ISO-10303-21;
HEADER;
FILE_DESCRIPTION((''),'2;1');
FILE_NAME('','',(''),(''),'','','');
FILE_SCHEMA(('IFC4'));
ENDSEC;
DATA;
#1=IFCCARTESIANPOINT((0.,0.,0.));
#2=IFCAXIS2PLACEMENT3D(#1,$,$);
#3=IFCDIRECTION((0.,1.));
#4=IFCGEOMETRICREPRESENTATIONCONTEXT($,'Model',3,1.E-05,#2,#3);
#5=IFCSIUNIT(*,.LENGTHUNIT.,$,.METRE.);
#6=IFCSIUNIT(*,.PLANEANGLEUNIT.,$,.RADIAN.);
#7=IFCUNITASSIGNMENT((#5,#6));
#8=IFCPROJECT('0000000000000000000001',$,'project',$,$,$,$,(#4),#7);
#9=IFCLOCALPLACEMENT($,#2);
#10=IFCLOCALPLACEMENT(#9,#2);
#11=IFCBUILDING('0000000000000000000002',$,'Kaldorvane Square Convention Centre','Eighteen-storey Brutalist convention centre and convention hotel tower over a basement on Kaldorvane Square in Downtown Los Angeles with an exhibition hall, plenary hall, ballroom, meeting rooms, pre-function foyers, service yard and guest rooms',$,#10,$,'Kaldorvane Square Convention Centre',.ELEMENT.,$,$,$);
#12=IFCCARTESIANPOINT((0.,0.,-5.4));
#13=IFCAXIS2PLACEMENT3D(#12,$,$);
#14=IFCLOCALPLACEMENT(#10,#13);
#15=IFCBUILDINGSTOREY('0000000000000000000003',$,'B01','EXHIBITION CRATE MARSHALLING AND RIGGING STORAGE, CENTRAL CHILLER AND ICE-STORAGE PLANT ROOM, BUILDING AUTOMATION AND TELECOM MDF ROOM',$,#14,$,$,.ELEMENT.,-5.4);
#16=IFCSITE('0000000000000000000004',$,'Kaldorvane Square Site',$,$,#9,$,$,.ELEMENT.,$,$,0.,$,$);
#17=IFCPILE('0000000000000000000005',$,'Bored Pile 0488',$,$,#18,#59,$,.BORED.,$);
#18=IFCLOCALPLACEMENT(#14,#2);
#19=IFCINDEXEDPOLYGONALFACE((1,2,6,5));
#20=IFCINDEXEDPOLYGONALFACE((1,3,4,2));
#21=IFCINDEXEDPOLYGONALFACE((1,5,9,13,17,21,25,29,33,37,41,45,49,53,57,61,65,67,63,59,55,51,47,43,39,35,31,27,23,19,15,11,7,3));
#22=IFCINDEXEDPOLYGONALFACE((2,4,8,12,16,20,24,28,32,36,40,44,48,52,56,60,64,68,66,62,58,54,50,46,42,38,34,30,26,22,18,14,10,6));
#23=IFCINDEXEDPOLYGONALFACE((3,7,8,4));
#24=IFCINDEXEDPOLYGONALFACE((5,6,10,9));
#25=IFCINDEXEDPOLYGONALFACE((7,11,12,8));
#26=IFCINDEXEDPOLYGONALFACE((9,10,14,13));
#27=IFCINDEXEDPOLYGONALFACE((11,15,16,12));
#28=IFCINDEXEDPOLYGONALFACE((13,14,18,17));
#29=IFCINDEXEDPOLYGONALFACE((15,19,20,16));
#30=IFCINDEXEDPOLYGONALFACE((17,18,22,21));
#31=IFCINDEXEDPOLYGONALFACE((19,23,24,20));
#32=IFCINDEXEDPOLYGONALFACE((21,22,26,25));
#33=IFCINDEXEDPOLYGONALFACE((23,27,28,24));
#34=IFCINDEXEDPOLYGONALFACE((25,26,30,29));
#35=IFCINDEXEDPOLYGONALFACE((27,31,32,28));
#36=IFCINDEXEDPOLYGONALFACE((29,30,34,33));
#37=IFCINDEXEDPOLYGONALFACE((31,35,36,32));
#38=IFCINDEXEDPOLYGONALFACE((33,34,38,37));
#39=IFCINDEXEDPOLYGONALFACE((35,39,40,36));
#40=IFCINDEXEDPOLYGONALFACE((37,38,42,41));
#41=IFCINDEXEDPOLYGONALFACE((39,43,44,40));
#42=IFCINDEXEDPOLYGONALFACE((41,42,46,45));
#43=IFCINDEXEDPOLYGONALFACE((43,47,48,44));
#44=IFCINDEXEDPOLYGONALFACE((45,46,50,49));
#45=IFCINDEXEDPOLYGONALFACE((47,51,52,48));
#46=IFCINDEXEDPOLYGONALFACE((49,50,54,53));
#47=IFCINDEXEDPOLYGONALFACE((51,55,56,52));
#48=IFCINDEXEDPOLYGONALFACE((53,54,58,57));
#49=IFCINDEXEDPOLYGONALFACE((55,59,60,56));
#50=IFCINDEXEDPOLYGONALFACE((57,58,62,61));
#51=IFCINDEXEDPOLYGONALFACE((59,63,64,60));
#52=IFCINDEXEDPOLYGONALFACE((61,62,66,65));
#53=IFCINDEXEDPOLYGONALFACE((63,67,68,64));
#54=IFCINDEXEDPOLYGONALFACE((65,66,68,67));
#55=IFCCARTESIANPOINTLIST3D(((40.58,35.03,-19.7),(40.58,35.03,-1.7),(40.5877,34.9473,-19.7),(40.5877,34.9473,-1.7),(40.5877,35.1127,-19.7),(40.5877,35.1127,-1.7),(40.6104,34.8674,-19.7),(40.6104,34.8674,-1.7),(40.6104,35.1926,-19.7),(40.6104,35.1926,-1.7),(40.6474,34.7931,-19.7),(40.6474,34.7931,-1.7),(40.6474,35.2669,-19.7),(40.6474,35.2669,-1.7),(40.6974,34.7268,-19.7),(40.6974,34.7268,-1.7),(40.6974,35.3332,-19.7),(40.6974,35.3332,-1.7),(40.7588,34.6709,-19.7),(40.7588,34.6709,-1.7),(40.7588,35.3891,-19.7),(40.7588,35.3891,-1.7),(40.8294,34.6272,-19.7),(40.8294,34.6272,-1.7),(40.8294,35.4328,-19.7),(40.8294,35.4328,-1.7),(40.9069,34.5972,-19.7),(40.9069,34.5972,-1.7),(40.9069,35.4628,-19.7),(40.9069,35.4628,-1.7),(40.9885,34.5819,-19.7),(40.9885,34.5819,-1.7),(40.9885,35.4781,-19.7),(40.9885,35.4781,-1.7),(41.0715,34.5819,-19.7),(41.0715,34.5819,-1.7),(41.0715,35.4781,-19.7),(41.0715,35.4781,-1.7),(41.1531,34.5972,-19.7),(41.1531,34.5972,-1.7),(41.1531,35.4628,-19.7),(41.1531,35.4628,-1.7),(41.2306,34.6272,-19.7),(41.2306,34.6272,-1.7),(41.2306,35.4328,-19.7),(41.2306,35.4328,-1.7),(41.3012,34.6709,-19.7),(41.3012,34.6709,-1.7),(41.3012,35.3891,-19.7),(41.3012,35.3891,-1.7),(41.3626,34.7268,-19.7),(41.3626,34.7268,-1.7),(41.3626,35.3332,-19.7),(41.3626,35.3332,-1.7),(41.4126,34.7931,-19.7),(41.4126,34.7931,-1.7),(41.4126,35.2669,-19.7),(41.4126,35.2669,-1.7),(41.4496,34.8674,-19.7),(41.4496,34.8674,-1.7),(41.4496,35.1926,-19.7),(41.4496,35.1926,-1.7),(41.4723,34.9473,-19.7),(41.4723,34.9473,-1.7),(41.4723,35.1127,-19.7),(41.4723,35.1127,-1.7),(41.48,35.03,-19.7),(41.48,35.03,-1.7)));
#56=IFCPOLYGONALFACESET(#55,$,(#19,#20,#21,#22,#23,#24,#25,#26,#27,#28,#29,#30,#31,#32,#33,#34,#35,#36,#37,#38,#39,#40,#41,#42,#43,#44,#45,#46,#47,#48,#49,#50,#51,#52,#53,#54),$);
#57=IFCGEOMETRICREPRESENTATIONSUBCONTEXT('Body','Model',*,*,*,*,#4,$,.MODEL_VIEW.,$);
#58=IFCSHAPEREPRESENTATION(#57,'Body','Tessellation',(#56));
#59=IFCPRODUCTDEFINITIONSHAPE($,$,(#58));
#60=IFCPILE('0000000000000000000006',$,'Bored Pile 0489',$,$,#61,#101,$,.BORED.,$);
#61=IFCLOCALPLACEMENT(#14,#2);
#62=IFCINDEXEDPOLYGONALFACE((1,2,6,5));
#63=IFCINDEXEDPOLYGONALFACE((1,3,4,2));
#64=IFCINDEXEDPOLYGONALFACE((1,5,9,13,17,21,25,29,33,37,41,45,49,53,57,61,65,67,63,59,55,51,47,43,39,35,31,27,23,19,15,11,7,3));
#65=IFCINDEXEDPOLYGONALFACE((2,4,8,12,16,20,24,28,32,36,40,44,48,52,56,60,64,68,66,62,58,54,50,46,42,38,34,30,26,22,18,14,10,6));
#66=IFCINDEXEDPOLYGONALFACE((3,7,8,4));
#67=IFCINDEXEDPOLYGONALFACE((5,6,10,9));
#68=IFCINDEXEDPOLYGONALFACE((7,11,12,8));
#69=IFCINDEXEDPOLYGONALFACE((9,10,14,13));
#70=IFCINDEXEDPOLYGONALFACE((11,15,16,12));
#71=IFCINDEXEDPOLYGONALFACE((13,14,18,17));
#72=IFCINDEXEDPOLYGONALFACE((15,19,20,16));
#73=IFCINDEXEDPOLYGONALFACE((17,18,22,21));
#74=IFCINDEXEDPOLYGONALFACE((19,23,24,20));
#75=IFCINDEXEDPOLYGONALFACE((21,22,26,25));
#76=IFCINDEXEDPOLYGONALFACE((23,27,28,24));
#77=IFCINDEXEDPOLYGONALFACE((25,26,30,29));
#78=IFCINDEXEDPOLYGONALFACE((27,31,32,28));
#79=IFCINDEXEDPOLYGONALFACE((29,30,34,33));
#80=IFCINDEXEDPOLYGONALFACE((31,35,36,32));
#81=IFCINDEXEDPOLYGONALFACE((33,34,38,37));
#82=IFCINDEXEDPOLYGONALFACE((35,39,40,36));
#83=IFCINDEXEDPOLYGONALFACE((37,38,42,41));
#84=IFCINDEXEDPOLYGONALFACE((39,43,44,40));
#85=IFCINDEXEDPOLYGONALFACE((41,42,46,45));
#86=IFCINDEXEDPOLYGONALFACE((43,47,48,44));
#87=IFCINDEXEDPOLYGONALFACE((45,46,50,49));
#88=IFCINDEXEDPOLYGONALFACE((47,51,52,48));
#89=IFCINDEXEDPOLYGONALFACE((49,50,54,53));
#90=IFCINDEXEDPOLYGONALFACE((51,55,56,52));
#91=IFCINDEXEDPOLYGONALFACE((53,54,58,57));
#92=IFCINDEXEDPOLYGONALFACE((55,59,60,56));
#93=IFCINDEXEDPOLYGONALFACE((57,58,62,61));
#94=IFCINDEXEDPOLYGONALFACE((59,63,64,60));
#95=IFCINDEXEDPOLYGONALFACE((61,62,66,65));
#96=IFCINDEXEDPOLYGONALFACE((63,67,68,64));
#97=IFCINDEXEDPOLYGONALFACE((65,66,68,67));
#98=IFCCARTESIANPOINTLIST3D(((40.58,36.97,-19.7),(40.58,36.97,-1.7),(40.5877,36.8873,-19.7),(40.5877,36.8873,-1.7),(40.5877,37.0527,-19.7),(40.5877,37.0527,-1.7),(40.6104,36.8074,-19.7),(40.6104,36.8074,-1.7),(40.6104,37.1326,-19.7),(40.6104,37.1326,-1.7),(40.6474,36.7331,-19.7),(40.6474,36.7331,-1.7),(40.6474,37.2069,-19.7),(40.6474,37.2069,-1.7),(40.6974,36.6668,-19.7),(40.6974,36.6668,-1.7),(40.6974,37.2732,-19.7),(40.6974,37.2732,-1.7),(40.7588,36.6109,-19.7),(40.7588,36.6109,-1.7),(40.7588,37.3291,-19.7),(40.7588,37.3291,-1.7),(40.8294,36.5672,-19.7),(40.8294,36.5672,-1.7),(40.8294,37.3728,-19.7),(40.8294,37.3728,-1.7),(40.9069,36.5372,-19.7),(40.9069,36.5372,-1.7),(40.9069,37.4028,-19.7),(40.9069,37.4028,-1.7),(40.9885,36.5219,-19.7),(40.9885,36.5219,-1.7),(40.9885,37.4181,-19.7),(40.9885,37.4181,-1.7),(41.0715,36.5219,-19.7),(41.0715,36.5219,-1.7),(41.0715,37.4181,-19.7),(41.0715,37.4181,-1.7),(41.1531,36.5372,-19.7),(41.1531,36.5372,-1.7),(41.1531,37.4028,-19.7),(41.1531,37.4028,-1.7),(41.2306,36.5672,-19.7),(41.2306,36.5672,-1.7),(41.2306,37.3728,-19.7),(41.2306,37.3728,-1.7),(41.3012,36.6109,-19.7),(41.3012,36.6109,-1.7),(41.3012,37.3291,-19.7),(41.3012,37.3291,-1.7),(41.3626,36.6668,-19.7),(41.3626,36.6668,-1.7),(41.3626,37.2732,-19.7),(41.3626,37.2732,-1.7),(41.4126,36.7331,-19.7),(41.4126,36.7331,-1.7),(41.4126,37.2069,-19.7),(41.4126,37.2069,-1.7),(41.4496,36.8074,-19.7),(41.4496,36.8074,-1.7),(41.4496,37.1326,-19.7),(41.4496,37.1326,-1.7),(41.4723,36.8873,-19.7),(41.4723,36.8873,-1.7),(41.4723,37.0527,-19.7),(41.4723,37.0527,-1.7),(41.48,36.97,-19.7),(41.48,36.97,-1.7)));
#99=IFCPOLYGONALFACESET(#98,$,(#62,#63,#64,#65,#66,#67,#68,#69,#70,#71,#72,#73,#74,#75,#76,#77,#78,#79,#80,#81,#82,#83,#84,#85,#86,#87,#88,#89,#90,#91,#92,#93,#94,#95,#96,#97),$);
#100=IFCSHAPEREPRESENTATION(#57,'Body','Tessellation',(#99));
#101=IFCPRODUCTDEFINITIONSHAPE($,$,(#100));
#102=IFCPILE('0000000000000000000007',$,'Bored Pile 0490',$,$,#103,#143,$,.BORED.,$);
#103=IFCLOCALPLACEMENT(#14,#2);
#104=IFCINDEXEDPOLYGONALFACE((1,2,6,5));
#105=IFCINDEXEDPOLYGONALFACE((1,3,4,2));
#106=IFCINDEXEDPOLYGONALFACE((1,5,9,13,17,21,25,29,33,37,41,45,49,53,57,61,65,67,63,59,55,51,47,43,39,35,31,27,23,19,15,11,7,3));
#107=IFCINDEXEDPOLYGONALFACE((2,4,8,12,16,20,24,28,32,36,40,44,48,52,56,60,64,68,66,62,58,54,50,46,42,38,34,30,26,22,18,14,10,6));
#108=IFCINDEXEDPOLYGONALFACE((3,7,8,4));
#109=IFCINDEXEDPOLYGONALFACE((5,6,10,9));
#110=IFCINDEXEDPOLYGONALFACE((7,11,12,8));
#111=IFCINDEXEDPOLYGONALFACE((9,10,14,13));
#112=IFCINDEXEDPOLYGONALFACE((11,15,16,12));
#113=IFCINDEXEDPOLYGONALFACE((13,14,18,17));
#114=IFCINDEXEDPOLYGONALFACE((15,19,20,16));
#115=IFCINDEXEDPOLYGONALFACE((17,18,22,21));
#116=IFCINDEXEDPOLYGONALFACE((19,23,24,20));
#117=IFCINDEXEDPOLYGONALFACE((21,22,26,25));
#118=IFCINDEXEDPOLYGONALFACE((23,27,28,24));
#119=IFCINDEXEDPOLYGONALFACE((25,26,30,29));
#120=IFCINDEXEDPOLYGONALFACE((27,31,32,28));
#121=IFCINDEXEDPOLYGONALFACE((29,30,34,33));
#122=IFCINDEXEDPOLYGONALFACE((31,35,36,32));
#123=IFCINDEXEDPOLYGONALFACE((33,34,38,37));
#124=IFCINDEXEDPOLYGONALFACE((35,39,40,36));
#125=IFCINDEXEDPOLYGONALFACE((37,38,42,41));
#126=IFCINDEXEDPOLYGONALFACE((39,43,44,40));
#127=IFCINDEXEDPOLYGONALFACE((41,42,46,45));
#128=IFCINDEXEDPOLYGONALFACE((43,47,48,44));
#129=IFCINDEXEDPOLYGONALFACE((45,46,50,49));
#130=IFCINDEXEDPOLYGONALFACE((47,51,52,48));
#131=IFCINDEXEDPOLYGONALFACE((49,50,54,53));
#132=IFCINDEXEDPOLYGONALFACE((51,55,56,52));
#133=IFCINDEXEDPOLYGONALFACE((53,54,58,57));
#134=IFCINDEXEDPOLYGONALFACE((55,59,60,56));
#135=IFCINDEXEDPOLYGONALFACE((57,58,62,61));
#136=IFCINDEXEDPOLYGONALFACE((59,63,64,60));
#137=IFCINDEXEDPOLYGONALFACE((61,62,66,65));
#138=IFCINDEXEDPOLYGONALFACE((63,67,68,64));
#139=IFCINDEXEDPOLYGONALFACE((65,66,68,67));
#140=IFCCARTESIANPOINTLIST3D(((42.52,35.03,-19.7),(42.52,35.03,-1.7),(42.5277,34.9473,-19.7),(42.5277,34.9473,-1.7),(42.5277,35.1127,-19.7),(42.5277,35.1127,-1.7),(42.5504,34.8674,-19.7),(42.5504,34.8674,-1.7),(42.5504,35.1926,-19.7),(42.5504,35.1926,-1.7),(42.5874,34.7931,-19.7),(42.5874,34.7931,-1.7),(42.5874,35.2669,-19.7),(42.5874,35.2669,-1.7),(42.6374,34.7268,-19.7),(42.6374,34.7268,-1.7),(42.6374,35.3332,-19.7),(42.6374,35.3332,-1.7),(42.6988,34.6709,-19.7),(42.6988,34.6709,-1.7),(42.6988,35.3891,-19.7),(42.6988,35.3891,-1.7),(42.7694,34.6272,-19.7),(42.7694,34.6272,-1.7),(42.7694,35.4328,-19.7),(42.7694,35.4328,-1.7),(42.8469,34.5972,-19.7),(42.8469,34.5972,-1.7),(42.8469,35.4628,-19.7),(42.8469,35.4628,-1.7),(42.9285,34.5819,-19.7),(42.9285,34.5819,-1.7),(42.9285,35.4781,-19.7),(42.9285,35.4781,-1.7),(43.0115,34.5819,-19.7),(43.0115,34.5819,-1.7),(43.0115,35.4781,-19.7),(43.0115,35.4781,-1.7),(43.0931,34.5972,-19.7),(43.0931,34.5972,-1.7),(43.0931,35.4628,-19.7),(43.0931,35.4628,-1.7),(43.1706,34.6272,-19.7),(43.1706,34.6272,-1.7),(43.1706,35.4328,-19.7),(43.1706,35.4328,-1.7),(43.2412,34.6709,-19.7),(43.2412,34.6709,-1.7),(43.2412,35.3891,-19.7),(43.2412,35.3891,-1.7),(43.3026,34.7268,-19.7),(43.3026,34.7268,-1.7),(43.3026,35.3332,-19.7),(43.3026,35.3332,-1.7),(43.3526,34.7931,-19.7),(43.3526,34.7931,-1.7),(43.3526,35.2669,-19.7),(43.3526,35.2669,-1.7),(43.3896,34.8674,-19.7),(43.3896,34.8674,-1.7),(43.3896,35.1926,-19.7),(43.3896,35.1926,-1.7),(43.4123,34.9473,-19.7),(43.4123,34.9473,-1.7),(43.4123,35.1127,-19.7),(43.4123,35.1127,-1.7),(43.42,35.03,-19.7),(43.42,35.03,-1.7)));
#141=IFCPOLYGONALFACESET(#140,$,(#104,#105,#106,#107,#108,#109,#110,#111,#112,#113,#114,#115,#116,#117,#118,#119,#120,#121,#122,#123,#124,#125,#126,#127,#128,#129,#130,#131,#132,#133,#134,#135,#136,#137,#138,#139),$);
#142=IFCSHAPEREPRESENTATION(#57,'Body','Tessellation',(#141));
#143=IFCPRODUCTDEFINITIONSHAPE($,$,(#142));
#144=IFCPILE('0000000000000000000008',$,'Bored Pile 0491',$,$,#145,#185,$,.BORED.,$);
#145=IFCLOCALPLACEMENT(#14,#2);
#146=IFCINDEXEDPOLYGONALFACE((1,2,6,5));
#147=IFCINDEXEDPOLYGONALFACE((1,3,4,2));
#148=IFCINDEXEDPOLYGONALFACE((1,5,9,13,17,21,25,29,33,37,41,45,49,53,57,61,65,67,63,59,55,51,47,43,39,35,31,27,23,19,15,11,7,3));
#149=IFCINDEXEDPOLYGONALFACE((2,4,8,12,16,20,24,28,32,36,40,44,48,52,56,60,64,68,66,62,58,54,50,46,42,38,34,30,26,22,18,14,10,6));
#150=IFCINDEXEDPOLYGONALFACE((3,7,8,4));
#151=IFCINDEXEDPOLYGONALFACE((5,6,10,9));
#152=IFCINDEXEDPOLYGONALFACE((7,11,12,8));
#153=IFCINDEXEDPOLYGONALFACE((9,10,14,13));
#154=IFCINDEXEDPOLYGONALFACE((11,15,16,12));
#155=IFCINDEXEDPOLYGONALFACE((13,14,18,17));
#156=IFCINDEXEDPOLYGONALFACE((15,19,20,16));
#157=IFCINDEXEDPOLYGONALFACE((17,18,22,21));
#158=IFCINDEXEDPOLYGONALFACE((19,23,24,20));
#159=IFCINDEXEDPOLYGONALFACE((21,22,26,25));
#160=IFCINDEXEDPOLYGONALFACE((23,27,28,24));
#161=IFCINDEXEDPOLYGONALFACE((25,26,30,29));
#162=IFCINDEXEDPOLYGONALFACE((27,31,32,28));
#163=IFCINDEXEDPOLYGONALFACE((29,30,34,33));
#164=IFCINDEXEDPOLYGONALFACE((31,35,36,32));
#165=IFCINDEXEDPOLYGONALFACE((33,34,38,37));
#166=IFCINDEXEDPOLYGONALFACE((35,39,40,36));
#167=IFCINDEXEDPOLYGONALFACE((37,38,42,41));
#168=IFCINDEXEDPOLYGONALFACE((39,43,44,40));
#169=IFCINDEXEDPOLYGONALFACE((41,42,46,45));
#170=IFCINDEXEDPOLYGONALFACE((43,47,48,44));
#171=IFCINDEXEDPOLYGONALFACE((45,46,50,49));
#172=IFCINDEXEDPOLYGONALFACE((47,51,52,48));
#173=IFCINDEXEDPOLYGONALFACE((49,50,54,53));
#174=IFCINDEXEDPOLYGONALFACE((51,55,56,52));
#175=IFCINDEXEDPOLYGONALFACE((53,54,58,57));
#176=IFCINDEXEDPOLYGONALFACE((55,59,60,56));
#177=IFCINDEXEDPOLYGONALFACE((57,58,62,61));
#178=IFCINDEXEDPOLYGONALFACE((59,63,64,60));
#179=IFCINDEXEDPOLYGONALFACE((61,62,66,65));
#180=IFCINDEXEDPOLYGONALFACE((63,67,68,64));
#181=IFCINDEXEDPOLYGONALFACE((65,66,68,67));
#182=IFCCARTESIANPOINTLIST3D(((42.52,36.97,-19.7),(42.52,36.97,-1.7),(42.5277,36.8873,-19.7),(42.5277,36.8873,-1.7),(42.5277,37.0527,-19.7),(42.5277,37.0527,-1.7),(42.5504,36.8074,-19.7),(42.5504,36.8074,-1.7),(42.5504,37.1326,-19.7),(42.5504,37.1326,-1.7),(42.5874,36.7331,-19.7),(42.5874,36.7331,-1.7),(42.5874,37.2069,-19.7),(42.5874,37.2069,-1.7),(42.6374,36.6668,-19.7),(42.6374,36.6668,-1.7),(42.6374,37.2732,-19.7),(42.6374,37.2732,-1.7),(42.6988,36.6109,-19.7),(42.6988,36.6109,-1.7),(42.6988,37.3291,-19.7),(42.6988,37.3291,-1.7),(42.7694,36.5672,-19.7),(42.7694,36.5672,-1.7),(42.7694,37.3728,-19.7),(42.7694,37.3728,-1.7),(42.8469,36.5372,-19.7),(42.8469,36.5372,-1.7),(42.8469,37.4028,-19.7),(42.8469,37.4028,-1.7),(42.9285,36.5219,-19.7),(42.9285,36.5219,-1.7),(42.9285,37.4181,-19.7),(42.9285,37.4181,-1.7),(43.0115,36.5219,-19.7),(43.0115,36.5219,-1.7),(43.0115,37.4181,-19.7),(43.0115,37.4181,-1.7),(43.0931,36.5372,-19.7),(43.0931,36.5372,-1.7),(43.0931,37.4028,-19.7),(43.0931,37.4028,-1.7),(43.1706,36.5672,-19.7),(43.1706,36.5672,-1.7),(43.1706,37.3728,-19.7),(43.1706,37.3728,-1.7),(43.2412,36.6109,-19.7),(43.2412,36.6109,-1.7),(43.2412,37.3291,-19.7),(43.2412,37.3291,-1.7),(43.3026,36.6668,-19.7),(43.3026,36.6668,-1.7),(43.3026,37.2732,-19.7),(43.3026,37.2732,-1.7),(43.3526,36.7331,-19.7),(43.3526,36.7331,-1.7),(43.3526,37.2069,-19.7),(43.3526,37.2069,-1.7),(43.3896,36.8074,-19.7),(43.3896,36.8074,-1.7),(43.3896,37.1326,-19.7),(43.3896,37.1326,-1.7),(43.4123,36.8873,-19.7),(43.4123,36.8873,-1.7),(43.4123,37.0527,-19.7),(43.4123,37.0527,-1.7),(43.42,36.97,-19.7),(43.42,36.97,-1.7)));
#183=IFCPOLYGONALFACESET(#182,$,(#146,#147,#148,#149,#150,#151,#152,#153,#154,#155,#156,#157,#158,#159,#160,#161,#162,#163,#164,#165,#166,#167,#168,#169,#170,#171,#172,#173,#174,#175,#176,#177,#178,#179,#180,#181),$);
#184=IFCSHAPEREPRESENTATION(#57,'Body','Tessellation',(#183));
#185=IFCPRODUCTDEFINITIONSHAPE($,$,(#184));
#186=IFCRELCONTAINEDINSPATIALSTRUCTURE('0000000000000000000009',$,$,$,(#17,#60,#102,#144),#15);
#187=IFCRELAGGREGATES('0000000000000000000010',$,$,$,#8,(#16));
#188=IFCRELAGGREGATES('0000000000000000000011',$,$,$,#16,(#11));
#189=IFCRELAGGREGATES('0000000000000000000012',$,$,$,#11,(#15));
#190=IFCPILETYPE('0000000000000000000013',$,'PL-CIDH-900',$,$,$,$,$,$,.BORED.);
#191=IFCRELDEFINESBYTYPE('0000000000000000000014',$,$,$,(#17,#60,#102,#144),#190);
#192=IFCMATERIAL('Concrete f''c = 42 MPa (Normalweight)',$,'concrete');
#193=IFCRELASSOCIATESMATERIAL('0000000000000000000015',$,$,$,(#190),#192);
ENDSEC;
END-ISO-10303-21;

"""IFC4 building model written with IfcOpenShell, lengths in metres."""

from ifc_helpers import new_model, si_unit, direction, frame, origin, origin_2d, place, context, subcontext, project, spatial, circle, extrude, material, material_profile, profile_set, type_object, element, save


model = new_model("IFC4")

# Units and contexts
model_context = context("Model", 3, precision=1e-05, world=origin(), true_north=direction((0.0, 1.0)))
body_context = subcontext(model_context, "Body", "Model", "MODEL_VIEW")
ifc_project = project(units=[si_unit("LENGTHUNIT", "METRE"), si_unit("PLANEANGLEUNIT", "RADIAN")], contexts=[model_context])

# Site, building, storey
site_placement = place(None, origin())
site = spatial("IfcSite", under=ifc_project, at=site_placement, Name="Kaldorvane Square Site", CompositionType="ELEMENT", RefElevation=0.0)
building_placement = place(site_placement, origin())
building = spatial("IfcBuilding", under=site, at=building_placement, Name="Kaldorvane Square Convention Centre", Description="Eighteen-storey Brutalist convention centre and convention hotel tower over a basement on Kaldorvane Square in Downtown Los Angeles with an exhibition hall, plenary hall, ballroom, meeting rooms, pre-function foyers, service yard and guest rooms", LongName="Kaldorvane Square Convention Centre", CompositionType="ELEMENT")
storey_placement = place(building_placement, frame((0.0, 0.0, -5.4)))
storey = spatial("IfcBuildingStorey", under=building, at=storey_placement, Name="B01", Description="EXHIBITION CRATE MARSHALLING AND RIGGING STORAGE, CENTRAL CHILLER AND ICE-STORAGE PLANT ROOM, BUILDING AUTOMATION AND TELECOM MDF ROOM", CompositionType="ELEMENT", Elevation=-5.4)

# Shared definitions
ifc_material_1 = material(Name="Concrete f'c = 42 MPa (Normalweight)", Category="concrete")

# Piles
ifc_material_profile_1 = material_profile(ifc_material_1, circle(Radius=0.45, at=origin_2d()), Name="PILE-D900")
ifc_profile_set_1 = profile_set([ifc_material_profile_1], Name="Concrete f'c = 42 MPa (Normalweight)")
pile_type = type_object("IfcPileType", Name="PL-CIDH-900", PredefinedType="BORED", material=ifc_profile_set_1)
for number, where, z_axis, x_axis, name in (
    (1, (41.03, 35.03, -1.7), (0.0, 0.0, -1.0), (1.0, 0.0, 0.0), "Bored Pile 0488"),
    (2, (41.03, 36.97, -1.7), (0.0, 0.0, -1.0), (1.0, 0.0, 0.0), "Bored Pile 0489"),
    (3, (42.97, 35.03, -1.7), (0.0, 0.0, -1.0), (1.0, 0.0, 0.0), "Bored Pile 0490"),
    (4, (42.97, 36.97, -1.7), (0.0, 0.0, -1.0), (1.0, 0.0, 0.0), "Bored Pile 0491"),
):
    element("IfcPile", number, at=place(storey_placement, frame(where, z_axis=z_axis, x_axis=x_axis)), inside=storey, type_object=pile_type, Name=name, PredefinedType="BORED", context=body_context, shape_type="SweptSolid", body=[
        extrude(circle(Radius=0.45, at=origin_2d()), origin(), (0.0, 0.0, 1.0), 18.0),
    ])

save(model, "model.ifc")
